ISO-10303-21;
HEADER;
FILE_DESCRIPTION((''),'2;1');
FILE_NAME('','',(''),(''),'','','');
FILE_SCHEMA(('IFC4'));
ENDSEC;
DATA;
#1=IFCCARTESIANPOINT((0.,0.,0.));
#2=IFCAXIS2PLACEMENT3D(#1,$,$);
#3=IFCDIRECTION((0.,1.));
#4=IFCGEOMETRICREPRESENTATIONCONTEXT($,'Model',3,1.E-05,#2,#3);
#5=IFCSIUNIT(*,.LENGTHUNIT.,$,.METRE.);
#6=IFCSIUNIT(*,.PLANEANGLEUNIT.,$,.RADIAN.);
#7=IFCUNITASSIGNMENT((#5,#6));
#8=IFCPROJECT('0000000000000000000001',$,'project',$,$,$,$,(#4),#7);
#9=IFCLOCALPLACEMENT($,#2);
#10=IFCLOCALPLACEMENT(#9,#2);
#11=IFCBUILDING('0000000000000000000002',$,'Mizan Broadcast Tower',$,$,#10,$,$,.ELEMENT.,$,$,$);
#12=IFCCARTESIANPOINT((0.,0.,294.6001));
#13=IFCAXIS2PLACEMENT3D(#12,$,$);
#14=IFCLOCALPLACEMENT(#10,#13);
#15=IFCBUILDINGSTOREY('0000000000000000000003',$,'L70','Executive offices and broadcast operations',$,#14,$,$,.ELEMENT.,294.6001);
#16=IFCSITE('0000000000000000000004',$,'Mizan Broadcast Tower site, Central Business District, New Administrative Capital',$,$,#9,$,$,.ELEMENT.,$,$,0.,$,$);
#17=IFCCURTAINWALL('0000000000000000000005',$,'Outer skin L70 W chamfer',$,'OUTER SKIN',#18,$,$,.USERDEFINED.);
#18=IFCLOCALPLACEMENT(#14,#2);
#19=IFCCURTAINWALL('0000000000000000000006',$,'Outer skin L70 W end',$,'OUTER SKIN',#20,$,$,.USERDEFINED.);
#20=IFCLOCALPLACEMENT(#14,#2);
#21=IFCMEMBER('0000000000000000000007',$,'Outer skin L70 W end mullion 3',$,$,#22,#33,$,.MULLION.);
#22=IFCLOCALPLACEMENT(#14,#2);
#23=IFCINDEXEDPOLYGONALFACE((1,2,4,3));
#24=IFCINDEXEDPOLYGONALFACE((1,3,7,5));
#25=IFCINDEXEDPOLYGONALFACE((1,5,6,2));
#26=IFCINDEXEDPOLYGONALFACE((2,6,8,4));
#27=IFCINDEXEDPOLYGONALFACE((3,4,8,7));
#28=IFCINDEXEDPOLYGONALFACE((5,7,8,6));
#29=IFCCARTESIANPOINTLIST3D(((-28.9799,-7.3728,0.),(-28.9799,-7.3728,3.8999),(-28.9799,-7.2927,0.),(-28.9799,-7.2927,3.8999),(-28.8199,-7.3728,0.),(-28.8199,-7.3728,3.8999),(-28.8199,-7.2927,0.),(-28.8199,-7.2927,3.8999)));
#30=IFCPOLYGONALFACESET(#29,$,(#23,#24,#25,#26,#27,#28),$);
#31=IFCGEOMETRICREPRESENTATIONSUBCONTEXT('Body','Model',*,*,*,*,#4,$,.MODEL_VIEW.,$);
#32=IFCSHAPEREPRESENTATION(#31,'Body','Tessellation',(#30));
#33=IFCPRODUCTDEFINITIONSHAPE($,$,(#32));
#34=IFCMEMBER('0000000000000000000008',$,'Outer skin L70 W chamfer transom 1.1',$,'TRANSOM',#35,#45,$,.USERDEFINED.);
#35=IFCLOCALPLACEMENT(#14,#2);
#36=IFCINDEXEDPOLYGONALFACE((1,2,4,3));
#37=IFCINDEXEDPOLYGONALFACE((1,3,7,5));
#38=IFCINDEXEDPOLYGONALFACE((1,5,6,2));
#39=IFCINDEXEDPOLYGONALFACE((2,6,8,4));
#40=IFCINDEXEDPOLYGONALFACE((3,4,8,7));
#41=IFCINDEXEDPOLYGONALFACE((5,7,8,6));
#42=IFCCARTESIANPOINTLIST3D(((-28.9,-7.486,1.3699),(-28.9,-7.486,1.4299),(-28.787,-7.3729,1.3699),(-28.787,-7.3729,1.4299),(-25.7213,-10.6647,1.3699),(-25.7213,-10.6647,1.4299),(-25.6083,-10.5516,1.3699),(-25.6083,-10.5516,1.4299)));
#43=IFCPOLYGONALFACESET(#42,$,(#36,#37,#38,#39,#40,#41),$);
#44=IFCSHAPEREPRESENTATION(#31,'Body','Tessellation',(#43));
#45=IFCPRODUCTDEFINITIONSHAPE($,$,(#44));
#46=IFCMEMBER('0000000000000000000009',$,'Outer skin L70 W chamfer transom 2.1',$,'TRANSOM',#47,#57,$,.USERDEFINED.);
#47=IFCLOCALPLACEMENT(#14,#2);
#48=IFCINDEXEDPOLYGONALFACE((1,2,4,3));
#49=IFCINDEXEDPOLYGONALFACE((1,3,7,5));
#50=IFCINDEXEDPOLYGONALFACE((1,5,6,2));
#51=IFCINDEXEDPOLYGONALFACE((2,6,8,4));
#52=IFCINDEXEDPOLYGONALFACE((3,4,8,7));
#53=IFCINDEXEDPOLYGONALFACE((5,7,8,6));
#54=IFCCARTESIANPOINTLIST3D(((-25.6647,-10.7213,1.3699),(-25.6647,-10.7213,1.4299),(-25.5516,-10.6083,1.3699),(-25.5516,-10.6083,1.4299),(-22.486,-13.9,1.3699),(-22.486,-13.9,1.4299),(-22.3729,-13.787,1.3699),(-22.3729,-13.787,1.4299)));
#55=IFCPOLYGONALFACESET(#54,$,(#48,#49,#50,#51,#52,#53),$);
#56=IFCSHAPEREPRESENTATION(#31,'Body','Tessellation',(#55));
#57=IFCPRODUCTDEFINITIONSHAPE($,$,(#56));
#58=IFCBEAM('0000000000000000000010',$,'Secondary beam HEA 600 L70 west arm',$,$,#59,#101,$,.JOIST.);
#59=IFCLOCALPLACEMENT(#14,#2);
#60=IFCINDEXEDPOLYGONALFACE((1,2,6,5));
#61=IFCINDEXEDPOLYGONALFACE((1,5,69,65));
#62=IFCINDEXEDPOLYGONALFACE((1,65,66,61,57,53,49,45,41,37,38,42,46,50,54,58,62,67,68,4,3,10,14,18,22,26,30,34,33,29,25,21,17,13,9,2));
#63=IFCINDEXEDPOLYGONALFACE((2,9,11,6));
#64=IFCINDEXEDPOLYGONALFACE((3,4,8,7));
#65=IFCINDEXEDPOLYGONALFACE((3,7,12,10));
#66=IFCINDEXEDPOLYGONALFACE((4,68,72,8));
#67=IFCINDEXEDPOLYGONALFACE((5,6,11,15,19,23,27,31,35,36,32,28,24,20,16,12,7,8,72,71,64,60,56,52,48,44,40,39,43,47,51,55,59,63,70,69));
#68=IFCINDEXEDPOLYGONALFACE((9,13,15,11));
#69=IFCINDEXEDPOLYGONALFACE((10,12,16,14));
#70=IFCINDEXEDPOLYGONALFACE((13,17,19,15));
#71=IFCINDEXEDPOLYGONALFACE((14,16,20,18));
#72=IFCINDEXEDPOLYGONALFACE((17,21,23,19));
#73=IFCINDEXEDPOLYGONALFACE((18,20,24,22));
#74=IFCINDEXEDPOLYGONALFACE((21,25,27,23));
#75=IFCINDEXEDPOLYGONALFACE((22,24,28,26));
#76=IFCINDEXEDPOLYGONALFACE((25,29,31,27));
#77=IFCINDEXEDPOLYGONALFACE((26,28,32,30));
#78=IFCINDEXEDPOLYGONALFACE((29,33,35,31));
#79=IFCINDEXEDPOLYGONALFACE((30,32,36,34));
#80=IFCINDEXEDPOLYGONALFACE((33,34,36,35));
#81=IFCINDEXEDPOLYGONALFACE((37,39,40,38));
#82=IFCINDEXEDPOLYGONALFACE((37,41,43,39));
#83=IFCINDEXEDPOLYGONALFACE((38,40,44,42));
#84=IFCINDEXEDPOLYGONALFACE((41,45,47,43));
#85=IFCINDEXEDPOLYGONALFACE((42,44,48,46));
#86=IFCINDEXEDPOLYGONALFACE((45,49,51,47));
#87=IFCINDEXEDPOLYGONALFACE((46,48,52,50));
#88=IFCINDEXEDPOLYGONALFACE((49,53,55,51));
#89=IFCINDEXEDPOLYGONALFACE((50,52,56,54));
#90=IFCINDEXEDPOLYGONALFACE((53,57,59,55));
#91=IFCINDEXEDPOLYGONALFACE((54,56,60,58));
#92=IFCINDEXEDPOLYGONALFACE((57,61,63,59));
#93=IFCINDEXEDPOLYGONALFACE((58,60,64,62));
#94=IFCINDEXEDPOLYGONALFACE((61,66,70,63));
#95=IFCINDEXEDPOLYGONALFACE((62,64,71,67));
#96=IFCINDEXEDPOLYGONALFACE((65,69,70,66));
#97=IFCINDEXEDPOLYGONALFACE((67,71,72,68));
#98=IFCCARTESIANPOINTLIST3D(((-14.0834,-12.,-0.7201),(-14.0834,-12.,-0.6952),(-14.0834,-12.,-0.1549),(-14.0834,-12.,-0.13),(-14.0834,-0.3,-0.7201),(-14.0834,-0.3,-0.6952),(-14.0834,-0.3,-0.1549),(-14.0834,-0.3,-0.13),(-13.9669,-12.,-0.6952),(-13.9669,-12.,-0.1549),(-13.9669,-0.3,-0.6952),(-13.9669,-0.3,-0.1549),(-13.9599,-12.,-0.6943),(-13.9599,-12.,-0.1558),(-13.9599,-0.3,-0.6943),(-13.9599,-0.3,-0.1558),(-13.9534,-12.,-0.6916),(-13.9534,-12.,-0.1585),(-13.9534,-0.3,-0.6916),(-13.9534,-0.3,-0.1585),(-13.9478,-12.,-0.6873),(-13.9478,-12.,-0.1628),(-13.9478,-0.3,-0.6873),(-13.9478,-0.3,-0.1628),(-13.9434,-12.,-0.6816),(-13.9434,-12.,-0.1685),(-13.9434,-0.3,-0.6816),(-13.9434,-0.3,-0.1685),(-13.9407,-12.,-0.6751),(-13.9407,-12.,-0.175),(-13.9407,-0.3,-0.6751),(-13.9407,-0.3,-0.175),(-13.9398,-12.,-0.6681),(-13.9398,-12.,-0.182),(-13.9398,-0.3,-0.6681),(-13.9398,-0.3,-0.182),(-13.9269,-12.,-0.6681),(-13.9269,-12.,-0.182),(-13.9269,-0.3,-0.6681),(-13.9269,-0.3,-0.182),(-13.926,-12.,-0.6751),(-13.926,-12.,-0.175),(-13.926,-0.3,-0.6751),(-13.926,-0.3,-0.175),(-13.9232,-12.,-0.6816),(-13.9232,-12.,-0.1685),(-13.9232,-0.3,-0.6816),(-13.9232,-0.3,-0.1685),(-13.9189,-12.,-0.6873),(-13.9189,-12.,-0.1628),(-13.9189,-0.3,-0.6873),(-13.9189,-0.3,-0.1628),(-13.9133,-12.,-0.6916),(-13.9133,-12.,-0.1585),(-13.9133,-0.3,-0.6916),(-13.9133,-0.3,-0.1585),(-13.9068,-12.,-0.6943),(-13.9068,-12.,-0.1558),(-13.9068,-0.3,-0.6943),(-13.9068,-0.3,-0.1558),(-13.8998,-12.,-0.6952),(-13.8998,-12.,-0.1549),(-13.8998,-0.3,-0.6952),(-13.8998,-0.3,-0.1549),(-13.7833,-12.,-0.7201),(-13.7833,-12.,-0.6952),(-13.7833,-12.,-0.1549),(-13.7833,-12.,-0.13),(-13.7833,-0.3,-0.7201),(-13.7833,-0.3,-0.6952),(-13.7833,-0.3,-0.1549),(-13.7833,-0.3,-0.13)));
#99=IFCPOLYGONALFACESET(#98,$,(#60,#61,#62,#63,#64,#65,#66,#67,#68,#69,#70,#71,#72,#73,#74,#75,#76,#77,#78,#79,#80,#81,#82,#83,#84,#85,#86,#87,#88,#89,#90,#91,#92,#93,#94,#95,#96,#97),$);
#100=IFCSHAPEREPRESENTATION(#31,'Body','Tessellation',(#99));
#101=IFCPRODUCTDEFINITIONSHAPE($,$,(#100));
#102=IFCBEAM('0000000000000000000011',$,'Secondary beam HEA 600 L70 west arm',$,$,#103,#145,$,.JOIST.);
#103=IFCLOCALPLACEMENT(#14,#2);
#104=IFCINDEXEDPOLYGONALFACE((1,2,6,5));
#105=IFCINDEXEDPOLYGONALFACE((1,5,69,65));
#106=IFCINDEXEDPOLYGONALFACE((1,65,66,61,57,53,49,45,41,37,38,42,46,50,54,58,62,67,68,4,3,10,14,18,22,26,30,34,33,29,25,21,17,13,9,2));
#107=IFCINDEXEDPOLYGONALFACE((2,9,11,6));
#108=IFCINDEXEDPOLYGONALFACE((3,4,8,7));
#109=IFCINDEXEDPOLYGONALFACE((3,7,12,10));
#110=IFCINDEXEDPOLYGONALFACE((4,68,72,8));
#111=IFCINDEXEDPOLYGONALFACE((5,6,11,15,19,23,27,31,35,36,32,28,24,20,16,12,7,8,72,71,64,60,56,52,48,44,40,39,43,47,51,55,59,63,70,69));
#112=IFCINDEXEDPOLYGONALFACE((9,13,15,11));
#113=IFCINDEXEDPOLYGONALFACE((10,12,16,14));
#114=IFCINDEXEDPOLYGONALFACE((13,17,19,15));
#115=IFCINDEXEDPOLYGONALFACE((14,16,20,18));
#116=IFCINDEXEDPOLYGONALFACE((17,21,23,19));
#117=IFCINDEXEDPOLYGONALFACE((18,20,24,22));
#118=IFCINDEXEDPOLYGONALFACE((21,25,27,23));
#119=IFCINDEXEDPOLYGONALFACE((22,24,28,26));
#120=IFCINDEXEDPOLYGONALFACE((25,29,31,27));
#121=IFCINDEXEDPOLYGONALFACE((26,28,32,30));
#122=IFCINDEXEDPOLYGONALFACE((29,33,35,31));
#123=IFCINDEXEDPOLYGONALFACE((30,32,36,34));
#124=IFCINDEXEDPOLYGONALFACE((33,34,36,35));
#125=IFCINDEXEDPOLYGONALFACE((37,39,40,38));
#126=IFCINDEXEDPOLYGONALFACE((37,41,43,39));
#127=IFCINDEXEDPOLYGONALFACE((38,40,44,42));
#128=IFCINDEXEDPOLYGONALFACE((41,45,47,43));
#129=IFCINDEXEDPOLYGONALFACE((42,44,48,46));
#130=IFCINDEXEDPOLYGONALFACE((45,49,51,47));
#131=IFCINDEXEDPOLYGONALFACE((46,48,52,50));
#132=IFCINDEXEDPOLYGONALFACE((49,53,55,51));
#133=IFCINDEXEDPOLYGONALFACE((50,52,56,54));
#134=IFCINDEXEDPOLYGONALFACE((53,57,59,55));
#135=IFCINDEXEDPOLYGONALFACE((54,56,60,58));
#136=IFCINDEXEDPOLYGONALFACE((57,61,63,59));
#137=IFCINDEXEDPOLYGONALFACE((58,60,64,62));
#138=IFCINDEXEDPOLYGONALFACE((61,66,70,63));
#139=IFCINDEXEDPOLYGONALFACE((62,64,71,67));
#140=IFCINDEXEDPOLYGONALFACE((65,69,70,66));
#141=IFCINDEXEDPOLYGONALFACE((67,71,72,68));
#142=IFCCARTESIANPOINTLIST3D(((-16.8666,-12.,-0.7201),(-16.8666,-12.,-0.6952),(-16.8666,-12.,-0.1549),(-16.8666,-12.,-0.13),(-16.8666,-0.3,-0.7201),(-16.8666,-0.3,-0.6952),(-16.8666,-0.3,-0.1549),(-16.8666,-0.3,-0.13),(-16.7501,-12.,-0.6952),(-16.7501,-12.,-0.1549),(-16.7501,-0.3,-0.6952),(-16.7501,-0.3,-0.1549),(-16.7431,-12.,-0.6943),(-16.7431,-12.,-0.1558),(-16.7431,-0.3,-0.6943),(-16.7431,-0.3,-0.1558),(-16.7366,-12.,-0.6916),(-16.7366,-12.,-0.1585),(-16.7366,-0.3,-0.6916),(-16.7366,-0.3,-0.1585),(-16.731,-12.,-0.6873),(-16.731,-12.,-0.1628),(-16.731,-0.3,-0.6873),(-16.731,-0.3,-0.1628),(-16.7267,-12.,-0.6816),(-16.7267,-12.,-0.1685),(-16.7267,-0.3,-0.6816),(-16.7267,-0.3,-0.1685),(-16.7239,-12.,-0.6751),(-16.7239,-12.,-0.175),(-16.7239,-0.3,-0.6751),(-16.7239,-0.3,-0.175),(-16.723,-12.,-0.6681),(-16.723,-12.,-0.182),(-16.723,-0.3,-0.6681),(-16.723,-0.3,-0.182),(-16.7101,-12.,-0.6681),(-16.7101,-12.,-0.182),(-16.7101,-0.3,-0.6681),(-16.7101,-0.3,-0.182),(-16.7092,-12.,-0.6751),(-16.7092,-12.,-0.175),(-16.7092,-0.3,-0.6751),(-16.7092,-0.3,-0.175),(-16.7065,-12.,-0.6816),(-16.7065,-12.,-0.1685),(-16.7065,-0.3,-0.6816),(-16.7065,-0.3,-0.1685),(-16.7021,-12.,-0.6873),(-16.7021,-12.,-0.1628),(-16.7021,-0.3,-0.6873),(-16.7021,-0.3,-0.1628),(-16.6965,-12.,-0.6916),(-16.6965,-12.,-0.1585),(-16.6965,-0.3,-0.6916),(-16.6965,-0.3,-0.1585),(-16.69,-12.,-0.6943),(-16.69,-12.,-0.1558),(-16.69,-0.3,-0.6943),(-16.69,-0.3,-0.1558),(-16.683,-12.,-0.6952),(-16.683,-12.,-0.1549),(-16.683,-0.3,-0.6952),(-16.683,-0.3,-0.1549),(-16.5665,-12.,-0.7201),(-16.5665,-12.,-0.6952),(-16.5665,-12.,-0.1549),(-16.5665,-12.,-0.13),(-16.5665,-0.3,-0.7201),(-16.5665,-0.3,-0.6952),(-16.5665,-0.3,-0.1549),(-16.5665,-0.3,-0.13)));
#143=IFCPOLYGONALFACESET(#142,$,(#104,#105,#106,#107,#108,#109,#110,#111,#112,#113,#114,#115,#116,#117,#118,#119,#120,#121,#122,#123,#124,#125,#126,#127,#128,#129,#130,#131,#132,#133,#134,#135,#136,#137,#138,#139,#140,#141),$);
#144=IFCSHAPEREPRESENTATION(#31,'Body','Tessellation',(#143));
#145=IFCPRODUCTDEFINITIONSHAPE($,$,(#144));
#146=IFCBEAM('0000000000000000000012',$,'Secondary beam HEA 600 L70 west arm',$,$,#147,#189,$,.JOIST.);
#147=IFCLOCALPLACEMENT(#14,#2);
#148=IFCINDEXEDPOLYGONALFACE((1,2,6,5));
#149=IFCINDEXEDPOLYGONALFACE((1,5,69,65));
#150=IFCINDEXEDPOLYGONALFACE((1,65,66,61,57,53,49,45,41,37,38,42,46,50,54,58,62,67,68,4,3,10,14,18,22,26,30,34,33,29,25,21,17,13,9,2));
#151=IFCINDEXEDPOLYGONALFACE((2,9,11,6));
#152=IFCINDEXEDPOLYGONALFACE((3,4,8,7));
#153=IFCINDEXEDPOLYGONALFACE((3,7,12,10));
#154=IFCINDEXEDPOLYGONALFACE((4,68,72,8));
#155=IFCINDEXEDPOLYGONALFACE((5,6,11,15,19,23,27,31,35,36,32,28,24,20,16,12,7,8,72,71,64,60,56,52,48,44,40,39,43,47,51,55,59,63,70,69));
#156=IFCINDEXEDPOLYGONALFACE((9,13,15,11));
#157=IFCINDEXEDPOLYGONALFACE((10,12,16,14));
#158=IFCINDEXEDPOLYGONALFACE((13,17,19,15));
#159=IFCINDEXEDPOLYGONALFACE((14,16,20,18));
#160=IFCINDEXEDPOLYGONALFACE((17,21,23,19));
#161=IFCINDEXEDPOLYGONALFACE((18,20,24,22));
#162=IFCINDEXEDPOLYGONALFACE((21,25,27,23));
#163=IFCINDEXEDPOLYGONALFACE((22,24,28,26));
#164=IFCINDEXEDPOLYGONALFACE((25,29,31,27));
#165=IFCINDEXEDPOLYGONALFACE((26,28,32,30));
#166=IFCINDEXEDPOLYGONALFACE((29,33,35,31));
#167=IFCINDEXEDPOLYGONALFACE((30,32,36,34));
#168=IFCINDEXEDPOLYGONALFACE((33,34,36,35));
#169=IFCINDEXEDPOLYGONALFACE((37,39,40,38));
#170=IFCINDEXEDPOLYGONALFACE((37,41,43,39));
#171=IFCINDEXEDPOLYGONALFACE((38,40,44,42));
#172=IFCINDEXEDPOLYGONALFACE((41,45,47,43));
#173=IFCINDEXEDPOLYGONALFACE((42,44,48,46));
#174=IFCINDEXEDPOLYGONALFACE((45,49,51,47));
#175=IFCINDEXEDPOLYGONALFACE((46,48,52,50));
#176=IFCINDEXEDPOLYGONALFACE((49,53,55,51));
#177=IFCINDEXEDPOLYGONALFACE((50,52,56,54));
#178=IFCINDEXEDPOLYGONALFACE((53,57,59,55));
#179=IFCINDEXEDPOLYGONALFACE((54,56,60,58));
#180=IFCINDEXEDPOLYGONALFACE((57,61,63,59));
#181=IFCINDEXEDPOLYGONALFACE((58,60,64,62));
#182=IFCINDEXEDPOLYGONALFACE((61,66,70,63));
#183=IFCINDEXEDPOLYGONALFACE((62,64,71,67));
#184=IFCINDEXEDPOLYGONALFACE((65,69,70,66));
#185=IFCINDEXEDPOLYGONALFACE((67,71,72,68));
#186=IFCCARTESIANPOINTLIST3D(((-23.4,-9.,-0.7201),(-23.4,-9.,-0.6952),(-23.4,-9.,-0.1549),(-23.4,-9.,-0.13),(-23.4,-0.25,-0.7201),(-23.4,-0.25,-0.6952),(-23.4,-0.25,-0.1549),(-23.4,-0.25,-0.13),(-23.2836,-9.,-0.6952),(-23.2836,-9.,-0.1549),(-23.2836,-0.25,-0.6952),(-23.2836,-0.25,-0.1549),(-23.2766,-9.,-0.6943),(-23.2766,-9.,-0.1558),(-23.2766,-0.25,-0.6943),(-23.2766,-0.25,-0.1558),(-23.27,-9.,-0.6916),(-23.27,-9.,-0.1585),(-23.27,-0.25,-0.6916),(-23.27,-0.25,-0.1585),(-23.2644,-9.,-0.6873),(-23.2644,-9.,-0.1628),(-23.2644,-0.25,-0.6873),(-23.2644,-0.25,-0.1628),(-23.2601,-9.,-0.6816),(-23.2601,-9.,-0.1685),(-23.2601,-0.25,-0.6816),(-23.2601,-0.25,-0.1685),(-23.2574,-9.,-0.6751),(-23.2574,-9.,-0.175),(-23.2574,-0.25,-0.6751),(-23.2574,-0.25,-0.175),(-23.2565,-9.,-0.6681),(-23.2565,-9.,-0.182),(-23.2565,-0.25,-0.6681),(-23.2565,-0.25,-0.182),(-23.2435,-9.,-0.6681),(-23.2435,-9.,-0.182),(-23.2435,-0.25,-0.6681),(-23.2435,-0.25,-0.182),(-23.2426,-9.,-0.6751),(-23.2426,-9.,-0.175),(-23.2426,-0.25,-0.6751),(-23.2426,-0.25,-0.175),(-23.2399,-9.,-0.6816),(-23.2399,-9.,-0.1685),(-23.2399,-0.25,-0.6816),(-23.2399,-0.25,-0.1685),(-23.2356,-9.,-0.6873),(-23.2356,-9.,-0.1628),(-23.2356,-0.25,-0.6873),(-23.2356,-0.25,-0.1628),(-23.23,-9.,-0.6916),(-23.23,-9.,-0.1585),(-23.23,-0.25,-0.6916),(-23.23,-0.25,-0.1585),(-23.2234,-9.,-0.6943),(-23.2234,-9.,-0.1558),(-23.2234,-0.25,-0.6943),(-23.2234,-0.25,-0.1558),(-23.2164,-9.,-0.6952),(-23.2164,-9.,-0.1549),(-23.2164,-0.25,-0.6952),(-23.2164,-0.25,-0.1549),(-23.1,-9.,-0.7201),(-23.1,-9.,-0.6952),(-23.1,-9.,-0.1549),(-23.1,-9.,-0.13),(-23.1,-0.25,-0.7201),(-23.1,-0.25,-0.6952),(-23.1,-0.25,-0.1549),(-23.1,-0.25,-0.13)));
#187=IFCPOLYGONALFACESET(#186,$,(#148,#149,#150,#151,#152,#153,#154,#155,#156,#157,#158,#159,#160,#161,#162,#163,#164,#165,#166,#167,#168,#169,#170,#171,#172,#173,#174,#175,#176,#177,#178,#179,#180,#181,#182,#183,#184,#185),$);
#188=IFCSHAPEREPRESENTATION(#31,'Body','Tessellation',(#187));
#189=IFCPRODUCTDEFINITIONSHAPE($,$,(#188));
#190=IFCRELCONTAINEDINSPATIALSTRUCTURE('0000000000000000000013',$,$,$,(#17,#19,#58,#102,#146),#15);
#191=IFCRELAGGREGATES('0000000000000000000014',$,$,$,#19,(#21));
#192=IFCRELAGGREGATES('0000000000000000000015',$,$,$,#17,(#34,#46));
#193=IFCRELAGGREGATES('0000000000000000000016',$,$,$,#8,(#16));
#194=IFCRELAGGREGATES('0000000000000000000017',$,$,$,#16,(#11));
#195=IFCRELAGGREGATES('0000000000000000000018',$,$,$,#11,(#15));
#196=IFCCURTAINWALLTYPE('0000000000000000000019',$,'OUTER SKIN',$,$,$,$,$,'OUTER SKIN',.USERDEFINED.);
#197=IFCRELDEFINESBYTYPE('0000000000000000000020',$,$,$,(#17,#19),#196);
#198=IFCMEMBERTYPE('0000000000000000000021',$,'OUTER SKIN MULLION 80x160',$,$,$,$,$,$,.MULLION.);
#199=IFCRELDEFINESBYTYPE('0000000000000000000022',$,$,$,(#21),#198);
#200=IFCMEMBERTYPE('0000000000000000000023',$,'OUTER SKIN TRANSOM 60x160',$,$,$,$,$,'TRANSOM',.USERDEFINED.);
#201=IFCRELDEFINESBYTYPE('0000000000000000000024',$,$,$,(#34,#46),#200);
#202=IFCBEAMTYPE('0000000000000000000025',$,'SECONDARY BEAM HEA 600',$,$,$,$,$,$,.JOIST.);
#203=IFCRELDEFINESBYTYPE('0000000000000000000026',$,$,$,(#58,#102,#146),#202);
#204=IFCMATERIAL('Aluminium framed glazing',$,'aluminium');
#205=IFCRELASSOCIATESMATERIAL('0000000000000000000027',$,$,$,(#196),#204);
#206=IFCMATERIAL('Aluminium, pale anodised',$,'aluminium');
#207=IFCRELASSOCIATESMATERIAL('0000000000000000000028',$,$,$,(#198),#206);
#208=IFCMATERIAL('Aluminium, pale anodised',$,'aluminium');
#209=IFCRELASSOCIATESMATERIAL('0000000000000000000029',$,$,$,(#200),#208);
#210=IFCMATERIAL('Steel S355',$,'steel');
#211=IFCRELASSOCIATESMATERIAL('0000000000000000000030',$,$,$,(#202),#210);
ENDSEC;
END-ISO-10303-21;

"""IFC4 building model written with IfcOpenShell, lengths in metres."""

from ifc_helpers import new_model, si_unit, direction, frame, origin, origin_2d, place, context, subcontext, project, spatial, rectangle, i_section, extrude, material, material_profile, profile_set, type_object, element, aggregate, save


model = new_model("IFC4")

# Units and contexts
model_context = context("Model", 3, precision=1e-05, world=origin(), true_north=direction((0.0, 1.0)))
body_context = subcontext(model_context, "Body", "Model", "MODEL_VIEW")
ifc_project = project(units=[si_unit("LENGTHUNIT", "METRE"), si_unit("PLANEANGLEUNIT", "RADIAN")], contexts=[model_context])

# Site, building, storey
site_placement = place(None, origin())
site = spatial("IfcSite", under=ifc_project, at=site_placement, Name="Mizan Broadcast Tower site, Central Business District, New Administrative Capital", CompositionType="ELEMENT", RefElevation=0.0)
building_placement = place(site_placement, origin())
building = spatial("IfcBuilding", under=site, at=building_placement, Name="Mizan Broadcast Tower", CompositionType="ELEMENT")
storey_placement = place(building_placement, frame((0.0, 0.0, 294.6001)))
storey = spatial("IfcBuildingStorey", under=building, at=storey_placement, Name="L70", Description="Executive offices and broadcast operations", CompositionType="ELEMENT", Elevation=294.6001)

# Curtain walls, member
ifc_material_1 = material(Name="Aluminium framed glazing", Category="aluminium")
curtain_wall_type_1 = type_object("IfcCurtainWallType", Name="OUTER SKIN", ElementType="OUTER SKIN", PredefinedType="USERDEFINED", material=ifc_material_1)
curtain_wall_1_placement = place(storey_placement, origin())
curtain_wall_1 = element("IfcCurtainWall", 1, at=curtain_wall_1_placement, inside=storey, type_object=curtain_wall_type_1, Name="Outer skin L70 W chamfer", ObjectType="OUTER SKIN", PredefinedType="USERDEFINED")
ifc_material_2 = material(Name="Aluminium, pale anodised", Category="aluminium")
ifc_material_profile_1 = material_profile(ifc_material_2, rectangle(XDim=0.1599, YDim=0.0801, at=origin_2d()), Name="MULLION 160x80")
ifc_profile_set_1 = profile_set([ifc_material_profile_1], Name="Aluminium, pale anodised")
member_type_1 = type_object("IfcMemberType", Name="OUTER SKIN MULLION 80x160", PredefinedType="MULLION", material=ifc_profile_set_1)
curtain_wall_2_placement = place(storey_placement, origin())
curtain_wall_2 = element("IfcCurtainWall", 2, at=curtain_wall_2_placement, inside=storey, type_object=curtain_wall_type_1, Name="Outer skin L70 W end", ObjectType="OUTER SKIN", PredefinedType="USERDEFINED")
member_1_placement = place(storey_placement, frame((-28.8999, -7.3328, 0.0), z_axis=(0.0, 0.0, 1.0), x_axis=(1.0, 0.0, 0.0)))
member_1 = element("IfcMember", 3, at=member_1_placement, type_object=member_type_1, Name="Outer skin L70 W end mullion 3", PredefinedType="MULLION", context=body_context, shape_type="SweptSolid", body=[
    extrude(rectangle(XDim=0.1599, YDim=0.0801, at=origin_2d()), origin(), (0.0, 0.0, 1.0), 3.8999),
])
aggregate(curtain_wall_2, [member_1])

# Members
ifc_material_3 = material(Name="Aluminium, pale anodised", Category="aluminium")
ifc_material_profile_2 = material_profile(ifc_material_3, rectangle(XDim=0.1599, YDim=0.0601, at=origin_2d()), Name="TRANSOM 160x60")
ifc_profile_set_2 = profile_set([ifc_material_profile_2], Name="Aluminium, pale anodised")
member_type_2 = type_object("IfcMemberType", Name="OUTER SKIN TRANSOM 60x160", ElementType="TRANSOM", PredefinedType="USERDEFINED", material=ifc_profile_set_2)
member_2_placement = place(storey_placement, frame((-28.8435, -7.4294, 1.3999), z_axis=(0.707107, -0.707107, 0.0), x_axis=(0.707107, 0.707107, 0.0)))
member_2 = element("IfcMember", 4, at=member_2_placement, type_object=member_type_2, Name="Outer skin L70 W chamfer transom 1.1", ObjectType="TRANSOM", PredefinedType="USERDEFINED", context=body_context, shape_type="SweptSolid", body=[
    extrude(rectangle(XDim=0.1599, YDim=0.0601, at=origin_2d()), origin(), (0.0, 0.0, 1.0), 4.4954),
])
member_3_placement = place(storey_placement, frame((-25.6082, -10.6648, 1.3999), z_axis=(0.707107, -0.707107, 0.0), x_axis=(0.707107, 0.707107, 0.0)))
member_3 = element("IfcMember", 5, at=member_3_placement, type_object=member_type_2, Name="Outer skin L70 W chamfer transom 2.1", ObjectType="TRANSOM", PredefinedType="USERDEFINED", context=body_context, shape_type="SweptSolid", body=[
    extrude(rectangle(XDim=0.1599, YDim=0.0601, at=origin_2d()), origin(), (0.0, 0.0, 1.0), 4.4954),
])

# Beams
ifc_material_4 = material(Name="Steel S355", Category="steel")
ifc_material_profile_3 = material_profile(ifc_material_4, i_section(OverallWidth=0.3, OverallDepth=0.5901, WebThickness=0.0129, FlangeThickness=0.0249, FilletRadius=0.0271, at=origin_2d()), Name="HEA 600")
ifc_profile_set_3 = profile_set([ifc_material_profile_3], Name="Steel S355")
beam_type_1 = type_object("IfcBeamType", Name="SECONDARY BEAM HEA 600", PredefinedType="JOIST", material=ifc_profile_set_3)
for number, where, z_axis, x_axis, name in (
    (6, (-13.9333, -12.0, -0.425), (0.0, 1.0, 0.0), (-1.0, 0.0, 0.0), "Secondary beam HEA 600 L70 west arm"),
    (7, (-16.7166, -12.0, -0.425), (0.0, 1.0, 0.0), (-1.0, 0.0, 0.0), "Secondary beam HEA 600 L70 west arm"),
):
    element("IfcBeam", number, at=place(storey_placement, frame(where, z_axis=z_axis, x_axis=x_axis)), inside=storey, type_object=beam_type_1, Name=name, PredefinedType="JOIST", context=body_context, shape_type="SweptSolid", body=[
        extrude(i_section(OverallWidth=0.3, OverallDepth=0.5901, WebThickness=0.0129, FlangeThickness=0.0249, FilletRadius=0.0271, at=origin_2d()), origin(), (0.0, 0.0, 1.0), 11.7),
    ])
beam_1_placement = place(storey_placement, frame((-23.25, -9.0, -0.425), z_axis=(0.0, 1.0, 0.0), x_axis=(-1.0, 0.0, 0.0)))
element("IfcBeam", 8, at=beam_1_placement, inside=storey, type_object=beam_type_1, Name="Secondary beam HEA 600 L70 west arm", PredefinedType="JOIST", context=body_context, shape_type="SweptSolid", body=[
    extrude(i_section(OverallWidth=0.3, OverallDepth=0.5901, WebThickness=0.0129, FlangeThickness=0.0249, FilletRadius=0.0271, at=origin_2d()), origin(), (0.0, 0.0, 1.0), 8.75),
])

aggregate(curtain_wall_1, [member_2, member_3])

save(model, "model.ifc")
